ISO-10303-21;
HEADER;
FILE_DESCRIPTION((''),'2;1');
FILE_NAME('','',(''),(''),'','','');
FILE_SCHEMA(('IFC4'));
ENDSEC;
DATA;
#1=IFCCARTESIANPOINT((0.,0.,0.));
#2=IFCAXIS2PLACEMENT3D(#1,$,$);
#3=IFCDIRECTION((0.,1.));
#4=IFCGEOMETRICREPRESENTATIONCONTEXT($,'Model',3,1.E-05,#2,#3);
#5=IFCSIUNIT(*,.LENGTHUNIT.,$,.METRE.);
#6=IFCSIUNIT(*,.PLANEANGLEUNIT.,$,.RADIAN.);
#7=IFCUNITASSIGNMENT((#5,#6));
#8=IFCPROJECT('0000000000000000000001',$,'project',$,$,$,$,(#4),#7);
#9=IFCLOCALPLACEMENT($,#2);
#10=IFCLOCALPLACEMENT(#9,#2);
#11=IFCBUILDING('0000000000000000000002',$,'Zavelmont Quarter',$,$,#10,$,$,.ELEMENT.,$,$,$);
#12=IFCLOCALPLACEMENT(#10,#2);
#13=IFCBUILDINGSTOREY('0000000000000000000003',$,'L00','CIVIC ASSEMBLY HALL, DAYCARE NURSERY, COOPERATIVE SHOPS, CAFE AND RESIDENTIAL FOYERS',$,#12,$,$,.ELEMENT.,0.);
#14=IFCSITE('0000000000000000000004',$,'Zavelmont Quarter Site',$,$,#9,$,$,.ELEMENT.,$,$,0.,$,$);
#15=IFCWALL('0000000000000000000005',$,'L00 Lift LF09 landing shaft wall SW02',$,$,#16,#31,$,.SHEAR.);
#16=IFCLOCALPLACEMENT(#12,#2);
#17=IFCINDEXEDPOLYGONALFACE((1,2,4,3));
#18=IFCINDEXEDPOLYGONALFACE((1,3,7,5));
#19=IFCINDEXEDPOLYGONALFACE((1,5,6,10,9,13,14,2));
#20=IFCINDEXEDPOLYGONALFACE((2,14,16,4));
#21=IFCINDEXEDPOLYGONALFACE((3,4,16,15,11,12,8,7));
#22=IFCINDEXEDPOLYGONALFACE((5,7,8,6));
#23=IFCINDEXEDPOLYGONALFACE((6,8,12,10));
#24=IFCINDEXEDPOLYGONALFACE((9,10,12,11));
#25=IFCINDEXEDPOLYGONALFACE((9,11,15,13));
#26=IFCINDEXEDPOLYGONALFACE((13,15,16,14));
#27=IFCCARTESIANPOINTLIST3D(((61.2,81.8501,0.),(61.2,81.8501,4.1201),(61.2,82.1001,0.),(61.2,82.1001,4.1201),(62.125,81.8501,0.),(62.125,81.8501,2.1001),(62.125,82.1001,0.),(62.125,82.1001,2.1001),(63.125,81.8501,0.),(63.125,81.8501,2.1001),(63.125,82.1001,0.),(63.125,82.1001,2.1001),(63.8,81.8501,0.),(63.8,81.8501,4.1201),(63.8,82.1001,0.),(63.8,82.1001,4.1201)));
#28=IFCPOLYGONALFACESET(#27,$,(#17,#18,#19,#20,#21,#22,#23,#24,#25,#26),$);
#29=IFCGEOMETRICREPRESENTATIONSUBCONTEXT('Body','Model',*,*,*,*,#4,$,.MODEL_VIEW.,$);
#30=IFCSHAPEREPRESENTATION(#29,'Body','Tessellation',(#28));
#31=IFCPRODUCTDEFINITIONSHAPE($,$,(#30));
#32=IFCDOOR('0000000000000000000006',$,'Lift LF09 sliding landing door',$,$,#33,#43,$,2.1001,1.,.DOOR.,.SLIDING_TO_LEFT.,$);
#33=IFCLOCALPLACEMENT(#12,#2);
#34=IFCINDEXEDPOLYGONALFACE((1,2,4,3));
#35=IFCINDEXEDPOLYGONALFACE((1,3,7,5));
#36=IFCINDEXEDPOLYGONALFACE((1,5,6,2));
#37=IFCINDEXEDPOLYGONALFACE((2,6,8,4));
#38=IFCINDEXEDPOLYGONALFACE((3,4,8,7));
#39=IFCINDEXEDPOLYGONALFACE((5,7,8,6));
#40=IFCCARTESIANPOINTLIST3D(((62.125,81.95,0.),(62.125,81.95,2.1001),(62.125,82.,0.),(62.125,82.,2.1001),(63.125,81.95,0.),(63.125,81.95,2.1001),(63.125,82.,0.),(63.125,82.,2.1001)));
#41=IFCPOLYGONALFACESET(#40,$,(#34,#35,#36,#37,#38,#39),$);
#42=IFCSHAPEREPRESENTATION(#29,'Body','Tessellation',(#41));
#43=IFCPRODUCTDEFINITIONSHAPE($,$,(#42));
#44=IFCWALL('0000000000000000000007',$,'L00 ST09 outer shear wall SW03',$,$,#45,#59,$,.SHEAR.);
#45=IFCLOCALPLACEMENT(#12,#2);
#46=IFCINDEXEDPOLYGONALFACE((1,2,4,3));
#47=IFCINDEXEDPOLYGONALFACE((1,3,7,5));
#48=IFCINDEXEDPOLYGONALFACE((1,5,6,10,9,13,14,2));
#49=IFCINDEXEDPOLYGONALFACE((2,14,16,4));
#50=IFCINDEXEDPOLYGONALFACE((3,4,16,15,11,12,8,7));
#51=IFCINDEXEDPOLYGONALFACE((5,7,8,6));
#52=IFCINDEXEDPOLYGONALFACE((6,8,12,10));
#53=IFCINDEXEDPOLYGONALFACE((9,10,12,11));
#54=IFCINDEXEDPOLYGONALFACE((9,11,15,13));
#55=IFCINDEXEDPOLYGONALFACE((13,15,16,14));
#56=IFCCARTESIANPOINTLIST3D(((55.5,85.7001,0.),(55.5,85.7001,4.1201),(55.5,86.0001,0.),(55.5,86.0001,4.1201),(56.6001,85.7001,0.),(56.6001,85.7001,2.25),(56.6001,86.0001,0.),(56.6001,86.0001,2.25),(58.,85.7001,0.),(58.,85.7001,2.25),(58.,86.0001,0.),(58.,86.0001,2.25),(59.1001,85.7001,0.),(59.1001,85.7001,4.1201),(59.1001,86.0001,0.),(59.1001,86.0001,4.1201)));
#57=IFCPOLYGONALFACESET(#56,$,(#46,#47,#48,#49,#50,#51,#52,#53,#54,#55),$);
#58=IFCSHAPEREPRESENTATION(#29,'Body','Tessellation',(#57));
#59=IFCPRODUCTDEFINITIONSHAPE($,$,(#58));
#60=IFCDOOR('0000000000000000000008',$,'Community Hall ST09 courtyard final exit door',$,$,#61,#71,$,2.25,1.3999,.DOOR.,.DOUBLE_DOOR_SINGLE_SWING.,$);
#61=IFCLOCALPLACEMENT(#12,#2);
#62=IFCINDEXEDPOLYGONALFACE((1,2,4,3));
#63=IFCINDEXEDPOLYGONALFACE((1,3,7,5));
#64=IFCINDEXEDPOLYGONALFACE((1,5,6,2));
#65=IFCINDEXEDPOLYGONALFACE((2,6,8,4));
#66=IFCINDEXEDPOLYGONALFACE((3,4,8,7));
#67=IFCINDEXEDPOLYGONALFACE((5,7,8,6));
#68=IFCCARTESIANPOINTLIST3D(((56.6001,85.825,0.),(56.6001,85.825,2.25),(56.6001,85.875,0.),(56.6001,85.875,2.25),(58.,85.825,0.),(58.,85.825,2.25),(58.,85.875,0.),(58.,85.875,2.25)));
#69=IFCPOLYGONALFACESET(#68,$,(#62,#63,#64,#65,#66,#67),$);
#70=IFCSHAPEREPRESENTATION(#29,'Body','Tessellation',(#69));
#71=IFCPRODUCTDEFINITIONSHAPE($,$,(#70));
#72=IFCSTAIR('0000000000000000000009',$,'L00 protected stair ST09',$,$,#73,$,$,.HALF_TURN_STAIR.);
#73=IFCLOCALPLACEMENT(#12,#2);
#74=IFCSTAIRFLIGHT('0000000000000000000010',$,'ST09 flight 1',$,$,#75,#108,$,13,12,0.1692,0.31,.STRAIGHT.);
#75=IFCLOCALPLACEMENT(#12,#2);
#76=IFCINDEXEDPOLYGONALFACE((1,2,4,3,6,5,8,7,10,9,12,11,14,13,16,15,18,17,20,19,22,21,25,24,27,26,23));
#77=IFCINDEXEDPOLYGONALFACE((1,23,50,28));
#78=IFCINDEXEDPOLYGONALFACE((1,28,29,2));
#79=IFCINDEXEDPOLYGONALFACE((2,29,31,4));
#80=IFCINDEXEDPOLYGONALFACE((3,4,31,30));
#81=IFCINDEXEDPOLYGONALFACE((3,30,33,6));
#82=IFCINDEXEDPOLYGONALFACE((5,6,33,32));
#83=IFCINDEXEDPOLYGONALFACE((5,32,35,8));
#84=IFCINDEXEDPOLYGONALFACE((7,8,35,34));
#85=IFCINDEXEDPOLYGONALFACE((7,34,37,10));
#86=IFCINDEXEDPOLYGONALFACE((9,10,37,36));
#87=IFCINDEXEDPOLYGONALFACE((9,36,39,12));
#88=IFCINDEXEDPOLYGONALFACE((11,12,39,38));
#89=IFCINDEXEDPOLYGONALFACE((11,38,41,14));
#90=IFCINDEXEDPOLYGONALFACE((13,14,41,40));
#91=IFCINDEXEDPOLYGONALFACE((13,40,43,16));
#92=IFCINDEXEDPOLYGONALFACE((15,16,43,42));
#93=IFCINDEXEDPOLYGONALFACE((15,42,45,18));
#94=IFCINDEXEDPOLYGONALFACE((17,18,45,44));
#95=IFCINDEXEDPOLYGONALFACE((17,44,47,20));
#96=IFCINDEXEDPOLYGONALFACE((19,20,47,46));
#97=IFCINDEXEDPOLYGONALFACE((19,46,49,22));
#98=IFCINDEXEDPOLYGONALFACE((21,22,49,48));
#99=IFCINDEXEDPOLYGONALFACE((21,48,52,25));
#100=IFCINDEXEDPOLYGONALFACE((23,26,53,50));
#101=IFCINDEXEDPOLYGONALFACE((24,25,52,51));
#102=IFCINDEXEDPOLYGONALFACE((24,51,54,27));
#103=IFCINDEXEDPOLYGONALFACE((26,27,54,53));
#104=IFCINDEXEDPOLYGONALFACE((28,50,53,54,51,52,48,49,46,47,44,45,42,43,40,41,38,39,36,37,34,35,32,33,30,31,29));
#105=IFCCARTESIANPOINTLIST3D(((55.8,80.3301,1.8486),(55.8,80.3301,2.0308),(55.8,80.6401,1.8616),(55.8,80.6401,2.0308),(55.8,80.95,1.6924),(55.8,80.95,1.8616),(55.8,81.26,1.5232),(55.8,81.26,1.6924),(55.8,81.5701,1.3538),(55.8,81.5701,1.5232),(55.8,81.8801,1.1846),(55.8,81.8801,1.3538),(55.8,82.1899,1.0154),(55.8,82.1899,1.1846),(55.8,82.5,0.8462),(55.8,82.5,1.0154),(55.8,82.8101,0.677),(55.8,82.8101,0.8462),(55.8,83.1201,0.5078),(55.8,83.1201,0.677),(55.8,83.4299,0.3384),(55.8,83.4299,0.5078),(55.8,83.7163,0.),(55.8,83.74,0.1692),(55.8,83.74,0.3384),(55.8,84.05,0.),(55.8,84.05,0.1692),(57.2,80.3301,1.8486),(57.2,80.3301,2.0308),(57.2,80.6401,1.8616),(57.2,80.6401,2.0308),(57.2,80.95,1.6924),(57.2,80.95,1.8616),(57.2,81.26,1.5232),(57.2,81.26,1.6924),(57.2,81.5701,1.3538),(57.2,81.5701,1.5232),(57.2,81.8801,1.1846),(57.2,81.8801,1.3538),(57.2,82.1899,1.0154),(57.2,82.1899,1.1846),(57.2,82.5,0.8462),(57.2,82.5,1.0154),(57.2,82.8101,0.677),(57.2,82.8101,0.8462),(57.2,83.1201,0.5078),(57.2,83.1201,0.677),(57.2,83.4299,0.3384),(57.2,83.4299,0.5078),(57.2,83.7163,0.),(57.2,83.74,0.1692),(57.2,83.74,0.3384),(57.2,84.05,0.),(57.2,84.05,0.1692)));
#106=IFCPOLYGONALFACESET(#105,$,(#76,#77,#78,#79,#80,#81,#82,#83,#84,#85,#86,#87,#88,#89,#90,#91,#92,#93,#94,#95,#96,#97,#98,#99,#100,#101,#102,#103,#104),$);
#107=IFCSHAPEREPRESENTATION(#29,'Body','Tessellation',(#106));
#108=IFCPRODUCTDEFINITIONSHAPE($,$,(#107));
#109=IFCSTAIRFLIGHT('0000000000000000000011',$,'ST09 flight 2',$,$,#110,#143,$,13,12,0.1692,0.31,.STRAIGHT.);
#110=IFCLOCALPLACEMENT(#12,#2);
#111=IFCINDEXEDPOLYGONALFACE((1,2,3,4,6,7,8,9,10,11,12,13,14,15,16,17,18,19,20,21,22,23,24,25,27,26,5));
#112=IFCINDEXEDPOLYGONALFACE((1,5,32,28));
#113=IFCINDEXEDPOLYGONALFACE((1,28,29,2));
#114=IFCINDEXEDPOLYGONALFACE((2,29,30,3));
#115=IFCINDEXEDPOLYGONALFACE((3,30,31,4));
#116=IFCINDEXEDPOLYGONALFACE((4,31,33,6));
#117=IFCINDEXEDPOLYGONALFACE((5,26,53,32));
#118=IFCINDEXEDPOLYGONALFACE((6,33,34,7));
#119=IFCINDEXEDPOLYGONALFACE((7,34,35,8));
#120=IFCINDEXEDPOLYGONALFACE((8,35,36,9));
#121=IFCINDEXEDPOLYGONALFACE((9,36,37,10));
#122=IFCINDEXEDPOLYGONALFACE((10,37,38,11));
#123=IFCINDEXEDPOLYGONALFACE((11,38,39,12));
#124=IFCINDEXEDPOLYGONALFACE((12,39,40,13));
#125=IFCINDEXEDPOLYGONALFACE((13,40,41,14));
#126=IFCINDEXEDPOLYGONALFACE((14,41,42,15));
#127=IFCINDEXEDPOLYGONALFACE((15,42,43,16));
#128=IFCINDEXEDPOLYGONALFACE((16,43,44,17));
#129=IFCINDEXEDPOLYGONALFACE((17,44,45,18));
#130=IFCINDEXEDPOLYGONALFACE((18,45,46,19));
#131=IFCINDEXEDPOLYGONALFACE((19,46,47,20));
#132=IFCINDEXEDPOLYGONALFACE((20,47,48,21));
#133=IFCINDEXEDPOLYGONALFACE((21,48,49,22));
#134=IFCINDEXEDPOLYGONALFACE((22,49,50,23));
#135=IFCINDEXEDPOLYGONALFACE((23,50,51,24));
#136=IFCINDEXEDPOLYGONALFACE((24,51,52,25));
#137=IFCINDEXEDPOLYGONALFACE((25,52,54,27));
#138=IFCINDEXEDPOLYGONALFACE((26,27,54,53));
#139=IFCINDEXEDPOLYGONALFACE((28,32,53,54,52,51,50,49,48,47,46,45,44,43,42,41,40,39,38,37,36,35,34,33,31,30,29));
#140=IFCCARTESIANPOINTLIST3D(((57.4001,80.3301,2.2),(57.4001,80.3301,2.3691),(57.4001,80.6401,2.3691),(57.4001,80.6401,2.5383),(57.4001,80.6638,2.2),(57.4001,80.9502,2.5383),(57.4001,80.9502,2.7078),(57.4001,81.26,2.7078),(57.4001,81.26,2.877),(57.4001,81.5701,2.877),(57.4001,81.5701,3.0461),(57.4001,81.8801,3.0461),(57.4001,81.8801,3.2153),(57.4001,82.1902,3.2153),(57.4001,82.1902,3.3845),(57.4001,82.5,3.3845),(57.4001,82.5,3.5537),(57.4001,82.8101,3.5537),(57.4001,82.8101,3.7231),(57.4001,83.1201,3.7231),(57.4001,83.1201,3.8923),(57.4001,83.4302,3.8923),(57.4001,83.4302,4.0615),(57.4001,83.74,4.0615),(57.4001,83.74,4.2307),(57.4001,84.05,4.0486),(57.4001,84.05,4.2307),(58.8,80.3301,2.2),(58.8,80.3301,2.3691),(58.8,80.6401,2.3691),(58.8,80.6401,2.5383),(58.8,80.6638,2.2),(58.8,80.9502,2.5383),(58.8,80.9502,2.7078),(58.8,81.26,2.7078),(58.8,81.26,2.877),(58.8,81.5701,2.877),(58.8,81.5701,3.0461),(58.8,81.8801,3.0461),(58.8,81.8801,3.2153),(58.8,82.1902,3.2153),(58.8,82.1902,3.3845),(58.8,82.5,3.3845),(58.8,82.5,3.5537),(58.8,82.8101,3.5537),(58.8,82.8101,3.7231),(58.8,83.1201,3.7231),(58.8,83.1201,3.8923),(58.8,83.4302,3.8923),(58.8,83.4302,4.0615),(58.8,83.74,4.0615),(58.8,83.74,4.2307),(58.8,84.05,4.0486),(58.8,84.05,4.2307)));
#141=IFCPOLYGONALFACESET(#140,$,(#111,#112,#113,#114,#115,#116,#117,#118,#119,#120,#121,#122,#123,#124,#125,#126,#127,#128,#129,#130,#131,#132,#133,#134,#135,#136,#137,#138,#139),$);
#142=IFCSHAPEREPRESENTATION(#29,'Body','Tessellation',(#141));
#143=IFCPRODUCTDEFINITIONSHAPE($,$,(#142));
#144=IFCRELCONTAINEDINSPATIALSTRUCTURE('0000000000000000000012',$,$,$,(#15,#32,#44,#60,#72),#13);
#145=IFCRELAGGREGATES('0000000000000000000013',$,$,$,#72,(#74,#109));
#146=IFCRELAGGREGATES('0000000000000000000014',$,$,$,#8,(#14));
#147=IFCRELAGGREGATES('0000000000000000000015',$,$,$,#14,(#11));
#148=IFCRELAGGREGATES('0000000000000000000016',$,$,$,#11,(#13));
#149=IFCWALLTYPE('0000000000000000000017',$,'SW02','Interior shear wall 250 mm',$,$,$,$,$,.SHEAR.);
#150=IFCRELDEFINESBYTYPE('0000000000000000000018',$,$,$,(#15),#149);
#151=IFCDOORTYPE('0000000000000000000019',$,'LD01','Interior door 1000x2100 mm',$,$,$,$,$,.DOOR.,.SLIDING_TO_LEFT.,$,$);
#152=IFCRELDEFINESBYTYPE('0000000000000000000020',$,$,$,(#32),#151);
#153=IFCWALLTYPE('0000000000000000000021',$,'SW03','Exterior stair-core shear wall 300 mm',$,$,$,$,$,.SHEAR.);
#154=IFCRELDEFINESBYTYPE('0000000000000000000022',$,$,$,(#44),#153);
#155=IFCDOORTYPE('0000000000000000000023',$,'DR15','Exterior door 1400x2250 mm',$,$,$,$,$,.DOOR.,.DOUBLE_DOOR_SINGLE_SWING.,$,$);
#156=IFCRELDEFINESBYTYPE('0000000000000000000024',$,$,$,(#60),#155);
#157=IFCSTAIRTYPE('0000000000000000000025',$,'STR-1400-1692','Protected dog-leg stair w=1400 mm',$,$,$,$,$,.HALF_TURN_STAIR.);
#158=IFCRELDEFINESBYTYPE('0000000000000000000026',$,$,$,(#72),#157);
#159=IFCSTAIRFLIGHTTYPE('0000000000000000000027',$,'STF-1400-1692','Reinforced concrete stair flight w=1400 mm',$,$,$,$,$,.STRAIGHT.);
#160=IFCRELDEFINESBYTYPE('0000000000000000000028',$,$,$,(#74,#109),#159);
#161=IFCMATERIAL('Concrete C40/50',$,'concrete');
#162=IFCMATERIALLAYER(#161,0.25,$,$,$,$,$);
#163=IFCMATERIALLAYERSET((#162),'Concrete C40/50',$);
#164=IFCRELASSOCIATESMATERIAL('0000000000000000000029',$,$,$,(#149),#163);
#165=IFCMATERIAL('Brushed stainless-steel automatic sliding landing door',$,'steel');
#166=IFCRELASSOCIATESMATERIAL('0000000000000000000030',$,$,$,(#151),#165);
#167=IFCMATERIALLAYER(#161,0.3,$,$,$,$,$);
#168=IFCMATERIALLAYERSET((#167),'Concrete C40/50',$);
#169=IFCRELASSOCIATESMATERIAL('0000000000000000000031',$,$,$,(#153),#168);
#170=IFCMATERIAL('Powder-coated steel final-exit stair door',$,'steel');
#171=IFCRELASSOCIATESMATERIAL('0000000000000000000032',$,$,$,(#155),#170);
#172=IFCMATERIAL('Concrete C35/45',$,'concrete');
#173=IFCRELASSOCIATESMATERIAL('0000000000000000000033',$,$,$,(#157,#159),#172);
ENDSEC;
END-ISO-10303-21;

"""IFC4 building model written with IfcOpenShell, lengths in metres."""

from ifc_helpers import new_model, si_unit, direction, frame, frame_2d, origin, origin_with_axes, place, context, subcontext, project, spatial, polyline, rectangle, outline, extrude, material, layer, layer_set, type_object, element, fill, aggregate, save


model = new_model("IFC4")

# Units and contexts
model_context = context("Model", 3, precision=1e-05, world=origin(), true_north=direction((0.0, 1.0)))
body_context = subcontext(model_context, "Body", "Model", "MODEL_VIEW")
ifc_project = project(units=[si_unit("LENGTHUNIT", "METRE"), si_unit("PLANEANGLEUNIT", "RADIAN")], contexts=[model_context])

# Site, building, storey
site_placement = place(None, origin())
site = spatial("IfcSite", under=ifc_project, at=site_placement, Name="Zavelmont Quarter Site", CompositionType="ELEMENT", RefElevation=0.0)
building_placement = place(site_placement, origin())
building = spatial("IfcBuilding", under=site, at=building_placement, Name="Zavelmont Quarter", CompositionType="ELEMENT")
storey_placement = place(building_placement, origin())
storey = spatial("IfcBuildingStorey", under=building, at=storey_placement, Name="L00", Description="CIVIC ASSEMBLY HALL, DAYCARE NURSERY, COOPERATIVE SHOPS, CAFE AND RESIDENTIAL FOYERS", CompositionType="ELEMENT", Elevation=0.0)

# Shared definitions
ifc_material_1 = material(Name="Concrete C40/50", Category="concrete")

# Walls, openings, doors
ifc_layer_1 = layer(ifc_material_1, 0.25)
ifc_layer_set_1 = layer_set([ifc_layer_1], Name="Concrete C40/50")
wall_type_1 = type_object("IfcWallType", Name="SW02", Description="Interior shear wall 250 mm", PredefinedType="SHEAR", material=ifc_layer_set_1)
wall_1_placement = place(storey_placement, frame((61.2, 81.9751, 0.0), z_axis=(0.0, 0.0, 1.0), x_axis=(1.0, 0.0, 0.0)))
wall_1 = element("IfcWall", 1, at=wall_1_placement, inside=storey, type_object=wall_type_1, Name="L00 Lift LF09 landing shaft wall SW02", PredefinedType="SHEAR", context=body_context, shape_type="SweptSolid", body=[
    extrude(rectangle(XDim=2.6001, YDim=0.25, at=frame_2d((1.3, 0.0))), origin(), (0.0, 0.0, 1.0), 4.1201),
])
opening_1_placement = place(wall_1_placement, frame((0.925, 0.0, 0.0)))
opening_1 = element("IfcOpeningElement", 2, at=opening_1_placement, cuts=wall_1, PredefinedType="OPENING", context=body_context, shape_type="SweptSolid", body=[
    extrude(rectangle(XDim=1.0, YDim=2.1001, at=frame_2d((0.5, 1.05))), frame((0.0, 0.137, 0.0), z_axis=(0.0, -1.0, 0.0), x_axis=(1.0, 0.0, 0.0)), (0.0, 0.0, 1.0), 0.2739),
])
ifc_material_2 = material(Name="Brushed stainless-steel automatic sliding landing door", Category="steel")
door_type_1 = type_object("IfcDoorType", Name="LD01", Description="Interior door 1000x2100 mm", OperationType="SLIDING_TO_LEFT", PredefinedType="DOOR", material=ifc_material_2)
door_1_placement = place(opening_1_placement, origin_with_axes())
door_1 = element("IfcDoor", 3, at=door_1_placement, inside=storey, type_object=door_type_1, Name="Lift LF09 sliding landing door", OperationType="SLIDING_TO_LEFT", OverallHeight=2.1001, OverallWidth=1.0, PredefinedType="DOOR", context=body_context, shape_type="SweptSolid", body=[
    extrude(rectangle(XDim=1.0, YDim=2.1001, at=frame_2d((0.5, 1.05))), frame((0.0, 0.0249, 0.0), z_axis=(0.0, -1.0, 0.0), x_axis=(1.0, 0.0, 0.0)), (0.0, 0.0, 1.0), 0.05),
])
fill(opening_1, door_1)
ifc_layer_2 = layer(ifc_material_1, 0.3)
ifc_layer_set_2 = layer_set([ifc_layer_2], Name="Concrete C40/50")
wall_type_2 = type_object("IfcWallType", Name="SW03", Description="Exterior stair-core shear wall 300 mm", PredefinedType="SHEAR", material=ifc_layer_set_2)
wall_2_placement = place(storey_placement, frame((55.5, 85.8501, 0.0), z_axis=(0.0, 0.0, 1.0), x_axis=(1.0, 0.0, 0.0)))
wall_2 = element("IfcWall", 4, at=wall_2_placement, inside=storey, type_object=wall_type_2, Name="L00 ST09 outer shear wall SW03", PredefinedType="SHEAR", context=body_context, shape_type="SweptSolid", body=[
    extrude(rectangle(XDim=3.6001, YDim=0.3, at=frame_2d((1.8, 0.0))), origin(), (0.0, 0.0, 1.0), 4.1201),
])
opening_2_placement = place(wall_2_placement, frame((1.1001, 0.0, 0.0)))
opening_2 = element("IfcOpeningElement", 5, at=opening_2_placement, cuts=wall_2, PredefinedType="OPENING", context=body_context, shape_type="SweptSolid", body=[
    extrude(rectangle(XDim=1.3999, YDim=2.25, at=frame_2d((0.7, 1.125))), frame((0.0, 0.1621, 0.0), z_axis=(0.0, -1.0, 0.0), x_axis=(1.0, 0.0, 0.0)), (0.0, 0.0, 1.0), 0.324),
])
ifc_material_3 = material(Name="Powder-coated steel final-exit stair door", Category="steel")
door_type_2 = type_object("IfcDoorType", Name="DR15", Description="Exterior door 1400x2250 mm", OperationType="DOUBLE_DOOR_SINGLE_SWING", PredefinedType="DOOR", material=ifc_material_3)
door_2_placement = place(opening_2_placement, origin_with_axes())
door_2 = element("IfcDoor", 6, at=door_2_placement, inside=storey, type_object=door_type_2, Name="Community Hall ST09 courtyard final exit door", OperationType="DOUBLE_DOOR_SINGLE_SWING", OverallHeight=2.25, OverallWidth=1.3999, PredefinedType="DOOR", context=body_context, shape_type="SweptSolid", body=[
    extrude(rectangle(XDim=1.3999, YDim=2.25, at=frame_2d((0.7, 1.125))), frame((0.0, 0.0249, 0.0), z_axis=(0.0, -1.0, 0.0), x_axis=(1.0, 0.0, 0.0)), (0.0, 0.0, 1.0), 0.05),
])
fill(opening_2, door_2)

# Stair, stair flights
ifc_material_4 = material(Name="Concrete C35/45", Category="concrete")
stair_type = type_object("IfcStairType", Name="STR-1400-1692", Description="Protected dog-leg stair w=1400 mm", PredefinedType="HALF_TURN_STAIR", material=ifc_material_4)
stair_placement = place(storey_placement, origin())
stair = element("IfcStair", 7, at=stair_placement, inside=storey, type_object=stair_type, Name="L00 protected stair ST09", PredefinedType="HALF_TURN_STAIR")
stair_flight_type = type_object("IfcStairFlightType", Name="STF-1400-1692", Description="Reinforced concrete stair flight w=1400 mm", PredefinedType="STRAIGHT", material=ifc_material_4)
stair_flight_1_placement = place(storey_placement, frame((56.5, 84.05, 0.0), z_axis=(0.0, 0.0, 1.0), x_axis=(0.0, -1.0, 0.0)))
stair_flight_1 = element("IfcStairFlight", 8, at=stair_flight_1_placement, type_object=stair_flight_type, Name="ST09 flight 1", NumberOfRisers=13, NumberOfTreads=12, PredefinedType="STRAIGHT", RiserHeight=0.1692, TreadLength=0.31, context=body_context, shape_type="SweptSolid", body=[
    extrude(outline(polyline([(0.0, 0.0), (0.0, 0.1692), (0.3101, 0.1692), (0.3101, 0.3384), (0.6201, 0.3384), (0.6201, 0.5078), (0.9299, 0.5078), (0.9299, 0.677), (1.24, 0.677), (1.24, 0.8462), (1.55, 0.8462), (1.55, 1.0154), (1.8601, 1.0154), (1.8601, 1.1846), (2.1699, 1.1846), (2.1699, 1.3538), (2.48, 1.3538), (2.48, 1.5232), (2.79, 1.5232), (2.79, 1.6924), (3.1001, 1.6924), (3.1001, 1.8616), (3.4099, 1.8616), (3.4099, 2.0308), (3.72, 2.0308), (3.72, 2.2), (3.72, 1.8486), (0.3337, 0.0), (0.0, 0.0)])), frame((0.0, 0.7, 0.0), z_axis=(0.0, -1.0, 0.0), x_axis=(1.0, 0.0, 0.0)), (0.0, 0.0, 1.0), 1.3999),
])
stair_flight_2_placement = place(storey_placement, frame((58.1001, 80.3301, 2.2), z_axis=(0.0, 0.0, 1.0), x_axis=(0.0, 1.0, 0.0)))
stair_flight_2 = element("IfcStairFlight", 9, at=stair_flight_2_placement, type_object=stair_flight_type, Name="ST09 flight 2", NumberOfRisers=13, NumberOfTreads=12, PredefinedType="STRAIGHT", RiserHeight=0.1692, TreadLength=0.31, context=body_context, shape_type="SweptSolid", body=[
    extrude(outline(polyline([(0.0, 0.0), (0.0, 0.1692), (0.3101, 0.1692), (0.3101, 0.3384), (0.6201, 0.3384), (0.6201, 0.5078), (0.9299, 0.5078), (0.9299, 0.677), (1.24, 0.677), (1.24, 0.8462), (1.55, 0.8462), (1.55, 1.0154), (1.8601, 1.0154), (1.8601, 1.1846), (2.1699, 1.1846), (2.1699, 1.3538), (2.48, 1.3538), (2.48, 1.5232), (2.79, 1.5232), (2.79, 1.6924), (3.1001, 1.6924), (3.1001, 1.8616), (3.4099, 1.8616), (3.4099, 2.0308), (3.72, 2.0308), (3.72, 2.2), (3.72, 1.8486), (0.3337, 0.0), (0.0, 0.0)])), frame((0.0, 0.7, 0.0), z_axis=(0.0, -1.0, 0.0), x_axis=(1.0, 0.0, 0.0)), (0.0, 0.0, 1.0), 1.3999),
])
aggregate(stair, [stair_flight_1, stair_flight_2])

save(model, "model.ifc")
